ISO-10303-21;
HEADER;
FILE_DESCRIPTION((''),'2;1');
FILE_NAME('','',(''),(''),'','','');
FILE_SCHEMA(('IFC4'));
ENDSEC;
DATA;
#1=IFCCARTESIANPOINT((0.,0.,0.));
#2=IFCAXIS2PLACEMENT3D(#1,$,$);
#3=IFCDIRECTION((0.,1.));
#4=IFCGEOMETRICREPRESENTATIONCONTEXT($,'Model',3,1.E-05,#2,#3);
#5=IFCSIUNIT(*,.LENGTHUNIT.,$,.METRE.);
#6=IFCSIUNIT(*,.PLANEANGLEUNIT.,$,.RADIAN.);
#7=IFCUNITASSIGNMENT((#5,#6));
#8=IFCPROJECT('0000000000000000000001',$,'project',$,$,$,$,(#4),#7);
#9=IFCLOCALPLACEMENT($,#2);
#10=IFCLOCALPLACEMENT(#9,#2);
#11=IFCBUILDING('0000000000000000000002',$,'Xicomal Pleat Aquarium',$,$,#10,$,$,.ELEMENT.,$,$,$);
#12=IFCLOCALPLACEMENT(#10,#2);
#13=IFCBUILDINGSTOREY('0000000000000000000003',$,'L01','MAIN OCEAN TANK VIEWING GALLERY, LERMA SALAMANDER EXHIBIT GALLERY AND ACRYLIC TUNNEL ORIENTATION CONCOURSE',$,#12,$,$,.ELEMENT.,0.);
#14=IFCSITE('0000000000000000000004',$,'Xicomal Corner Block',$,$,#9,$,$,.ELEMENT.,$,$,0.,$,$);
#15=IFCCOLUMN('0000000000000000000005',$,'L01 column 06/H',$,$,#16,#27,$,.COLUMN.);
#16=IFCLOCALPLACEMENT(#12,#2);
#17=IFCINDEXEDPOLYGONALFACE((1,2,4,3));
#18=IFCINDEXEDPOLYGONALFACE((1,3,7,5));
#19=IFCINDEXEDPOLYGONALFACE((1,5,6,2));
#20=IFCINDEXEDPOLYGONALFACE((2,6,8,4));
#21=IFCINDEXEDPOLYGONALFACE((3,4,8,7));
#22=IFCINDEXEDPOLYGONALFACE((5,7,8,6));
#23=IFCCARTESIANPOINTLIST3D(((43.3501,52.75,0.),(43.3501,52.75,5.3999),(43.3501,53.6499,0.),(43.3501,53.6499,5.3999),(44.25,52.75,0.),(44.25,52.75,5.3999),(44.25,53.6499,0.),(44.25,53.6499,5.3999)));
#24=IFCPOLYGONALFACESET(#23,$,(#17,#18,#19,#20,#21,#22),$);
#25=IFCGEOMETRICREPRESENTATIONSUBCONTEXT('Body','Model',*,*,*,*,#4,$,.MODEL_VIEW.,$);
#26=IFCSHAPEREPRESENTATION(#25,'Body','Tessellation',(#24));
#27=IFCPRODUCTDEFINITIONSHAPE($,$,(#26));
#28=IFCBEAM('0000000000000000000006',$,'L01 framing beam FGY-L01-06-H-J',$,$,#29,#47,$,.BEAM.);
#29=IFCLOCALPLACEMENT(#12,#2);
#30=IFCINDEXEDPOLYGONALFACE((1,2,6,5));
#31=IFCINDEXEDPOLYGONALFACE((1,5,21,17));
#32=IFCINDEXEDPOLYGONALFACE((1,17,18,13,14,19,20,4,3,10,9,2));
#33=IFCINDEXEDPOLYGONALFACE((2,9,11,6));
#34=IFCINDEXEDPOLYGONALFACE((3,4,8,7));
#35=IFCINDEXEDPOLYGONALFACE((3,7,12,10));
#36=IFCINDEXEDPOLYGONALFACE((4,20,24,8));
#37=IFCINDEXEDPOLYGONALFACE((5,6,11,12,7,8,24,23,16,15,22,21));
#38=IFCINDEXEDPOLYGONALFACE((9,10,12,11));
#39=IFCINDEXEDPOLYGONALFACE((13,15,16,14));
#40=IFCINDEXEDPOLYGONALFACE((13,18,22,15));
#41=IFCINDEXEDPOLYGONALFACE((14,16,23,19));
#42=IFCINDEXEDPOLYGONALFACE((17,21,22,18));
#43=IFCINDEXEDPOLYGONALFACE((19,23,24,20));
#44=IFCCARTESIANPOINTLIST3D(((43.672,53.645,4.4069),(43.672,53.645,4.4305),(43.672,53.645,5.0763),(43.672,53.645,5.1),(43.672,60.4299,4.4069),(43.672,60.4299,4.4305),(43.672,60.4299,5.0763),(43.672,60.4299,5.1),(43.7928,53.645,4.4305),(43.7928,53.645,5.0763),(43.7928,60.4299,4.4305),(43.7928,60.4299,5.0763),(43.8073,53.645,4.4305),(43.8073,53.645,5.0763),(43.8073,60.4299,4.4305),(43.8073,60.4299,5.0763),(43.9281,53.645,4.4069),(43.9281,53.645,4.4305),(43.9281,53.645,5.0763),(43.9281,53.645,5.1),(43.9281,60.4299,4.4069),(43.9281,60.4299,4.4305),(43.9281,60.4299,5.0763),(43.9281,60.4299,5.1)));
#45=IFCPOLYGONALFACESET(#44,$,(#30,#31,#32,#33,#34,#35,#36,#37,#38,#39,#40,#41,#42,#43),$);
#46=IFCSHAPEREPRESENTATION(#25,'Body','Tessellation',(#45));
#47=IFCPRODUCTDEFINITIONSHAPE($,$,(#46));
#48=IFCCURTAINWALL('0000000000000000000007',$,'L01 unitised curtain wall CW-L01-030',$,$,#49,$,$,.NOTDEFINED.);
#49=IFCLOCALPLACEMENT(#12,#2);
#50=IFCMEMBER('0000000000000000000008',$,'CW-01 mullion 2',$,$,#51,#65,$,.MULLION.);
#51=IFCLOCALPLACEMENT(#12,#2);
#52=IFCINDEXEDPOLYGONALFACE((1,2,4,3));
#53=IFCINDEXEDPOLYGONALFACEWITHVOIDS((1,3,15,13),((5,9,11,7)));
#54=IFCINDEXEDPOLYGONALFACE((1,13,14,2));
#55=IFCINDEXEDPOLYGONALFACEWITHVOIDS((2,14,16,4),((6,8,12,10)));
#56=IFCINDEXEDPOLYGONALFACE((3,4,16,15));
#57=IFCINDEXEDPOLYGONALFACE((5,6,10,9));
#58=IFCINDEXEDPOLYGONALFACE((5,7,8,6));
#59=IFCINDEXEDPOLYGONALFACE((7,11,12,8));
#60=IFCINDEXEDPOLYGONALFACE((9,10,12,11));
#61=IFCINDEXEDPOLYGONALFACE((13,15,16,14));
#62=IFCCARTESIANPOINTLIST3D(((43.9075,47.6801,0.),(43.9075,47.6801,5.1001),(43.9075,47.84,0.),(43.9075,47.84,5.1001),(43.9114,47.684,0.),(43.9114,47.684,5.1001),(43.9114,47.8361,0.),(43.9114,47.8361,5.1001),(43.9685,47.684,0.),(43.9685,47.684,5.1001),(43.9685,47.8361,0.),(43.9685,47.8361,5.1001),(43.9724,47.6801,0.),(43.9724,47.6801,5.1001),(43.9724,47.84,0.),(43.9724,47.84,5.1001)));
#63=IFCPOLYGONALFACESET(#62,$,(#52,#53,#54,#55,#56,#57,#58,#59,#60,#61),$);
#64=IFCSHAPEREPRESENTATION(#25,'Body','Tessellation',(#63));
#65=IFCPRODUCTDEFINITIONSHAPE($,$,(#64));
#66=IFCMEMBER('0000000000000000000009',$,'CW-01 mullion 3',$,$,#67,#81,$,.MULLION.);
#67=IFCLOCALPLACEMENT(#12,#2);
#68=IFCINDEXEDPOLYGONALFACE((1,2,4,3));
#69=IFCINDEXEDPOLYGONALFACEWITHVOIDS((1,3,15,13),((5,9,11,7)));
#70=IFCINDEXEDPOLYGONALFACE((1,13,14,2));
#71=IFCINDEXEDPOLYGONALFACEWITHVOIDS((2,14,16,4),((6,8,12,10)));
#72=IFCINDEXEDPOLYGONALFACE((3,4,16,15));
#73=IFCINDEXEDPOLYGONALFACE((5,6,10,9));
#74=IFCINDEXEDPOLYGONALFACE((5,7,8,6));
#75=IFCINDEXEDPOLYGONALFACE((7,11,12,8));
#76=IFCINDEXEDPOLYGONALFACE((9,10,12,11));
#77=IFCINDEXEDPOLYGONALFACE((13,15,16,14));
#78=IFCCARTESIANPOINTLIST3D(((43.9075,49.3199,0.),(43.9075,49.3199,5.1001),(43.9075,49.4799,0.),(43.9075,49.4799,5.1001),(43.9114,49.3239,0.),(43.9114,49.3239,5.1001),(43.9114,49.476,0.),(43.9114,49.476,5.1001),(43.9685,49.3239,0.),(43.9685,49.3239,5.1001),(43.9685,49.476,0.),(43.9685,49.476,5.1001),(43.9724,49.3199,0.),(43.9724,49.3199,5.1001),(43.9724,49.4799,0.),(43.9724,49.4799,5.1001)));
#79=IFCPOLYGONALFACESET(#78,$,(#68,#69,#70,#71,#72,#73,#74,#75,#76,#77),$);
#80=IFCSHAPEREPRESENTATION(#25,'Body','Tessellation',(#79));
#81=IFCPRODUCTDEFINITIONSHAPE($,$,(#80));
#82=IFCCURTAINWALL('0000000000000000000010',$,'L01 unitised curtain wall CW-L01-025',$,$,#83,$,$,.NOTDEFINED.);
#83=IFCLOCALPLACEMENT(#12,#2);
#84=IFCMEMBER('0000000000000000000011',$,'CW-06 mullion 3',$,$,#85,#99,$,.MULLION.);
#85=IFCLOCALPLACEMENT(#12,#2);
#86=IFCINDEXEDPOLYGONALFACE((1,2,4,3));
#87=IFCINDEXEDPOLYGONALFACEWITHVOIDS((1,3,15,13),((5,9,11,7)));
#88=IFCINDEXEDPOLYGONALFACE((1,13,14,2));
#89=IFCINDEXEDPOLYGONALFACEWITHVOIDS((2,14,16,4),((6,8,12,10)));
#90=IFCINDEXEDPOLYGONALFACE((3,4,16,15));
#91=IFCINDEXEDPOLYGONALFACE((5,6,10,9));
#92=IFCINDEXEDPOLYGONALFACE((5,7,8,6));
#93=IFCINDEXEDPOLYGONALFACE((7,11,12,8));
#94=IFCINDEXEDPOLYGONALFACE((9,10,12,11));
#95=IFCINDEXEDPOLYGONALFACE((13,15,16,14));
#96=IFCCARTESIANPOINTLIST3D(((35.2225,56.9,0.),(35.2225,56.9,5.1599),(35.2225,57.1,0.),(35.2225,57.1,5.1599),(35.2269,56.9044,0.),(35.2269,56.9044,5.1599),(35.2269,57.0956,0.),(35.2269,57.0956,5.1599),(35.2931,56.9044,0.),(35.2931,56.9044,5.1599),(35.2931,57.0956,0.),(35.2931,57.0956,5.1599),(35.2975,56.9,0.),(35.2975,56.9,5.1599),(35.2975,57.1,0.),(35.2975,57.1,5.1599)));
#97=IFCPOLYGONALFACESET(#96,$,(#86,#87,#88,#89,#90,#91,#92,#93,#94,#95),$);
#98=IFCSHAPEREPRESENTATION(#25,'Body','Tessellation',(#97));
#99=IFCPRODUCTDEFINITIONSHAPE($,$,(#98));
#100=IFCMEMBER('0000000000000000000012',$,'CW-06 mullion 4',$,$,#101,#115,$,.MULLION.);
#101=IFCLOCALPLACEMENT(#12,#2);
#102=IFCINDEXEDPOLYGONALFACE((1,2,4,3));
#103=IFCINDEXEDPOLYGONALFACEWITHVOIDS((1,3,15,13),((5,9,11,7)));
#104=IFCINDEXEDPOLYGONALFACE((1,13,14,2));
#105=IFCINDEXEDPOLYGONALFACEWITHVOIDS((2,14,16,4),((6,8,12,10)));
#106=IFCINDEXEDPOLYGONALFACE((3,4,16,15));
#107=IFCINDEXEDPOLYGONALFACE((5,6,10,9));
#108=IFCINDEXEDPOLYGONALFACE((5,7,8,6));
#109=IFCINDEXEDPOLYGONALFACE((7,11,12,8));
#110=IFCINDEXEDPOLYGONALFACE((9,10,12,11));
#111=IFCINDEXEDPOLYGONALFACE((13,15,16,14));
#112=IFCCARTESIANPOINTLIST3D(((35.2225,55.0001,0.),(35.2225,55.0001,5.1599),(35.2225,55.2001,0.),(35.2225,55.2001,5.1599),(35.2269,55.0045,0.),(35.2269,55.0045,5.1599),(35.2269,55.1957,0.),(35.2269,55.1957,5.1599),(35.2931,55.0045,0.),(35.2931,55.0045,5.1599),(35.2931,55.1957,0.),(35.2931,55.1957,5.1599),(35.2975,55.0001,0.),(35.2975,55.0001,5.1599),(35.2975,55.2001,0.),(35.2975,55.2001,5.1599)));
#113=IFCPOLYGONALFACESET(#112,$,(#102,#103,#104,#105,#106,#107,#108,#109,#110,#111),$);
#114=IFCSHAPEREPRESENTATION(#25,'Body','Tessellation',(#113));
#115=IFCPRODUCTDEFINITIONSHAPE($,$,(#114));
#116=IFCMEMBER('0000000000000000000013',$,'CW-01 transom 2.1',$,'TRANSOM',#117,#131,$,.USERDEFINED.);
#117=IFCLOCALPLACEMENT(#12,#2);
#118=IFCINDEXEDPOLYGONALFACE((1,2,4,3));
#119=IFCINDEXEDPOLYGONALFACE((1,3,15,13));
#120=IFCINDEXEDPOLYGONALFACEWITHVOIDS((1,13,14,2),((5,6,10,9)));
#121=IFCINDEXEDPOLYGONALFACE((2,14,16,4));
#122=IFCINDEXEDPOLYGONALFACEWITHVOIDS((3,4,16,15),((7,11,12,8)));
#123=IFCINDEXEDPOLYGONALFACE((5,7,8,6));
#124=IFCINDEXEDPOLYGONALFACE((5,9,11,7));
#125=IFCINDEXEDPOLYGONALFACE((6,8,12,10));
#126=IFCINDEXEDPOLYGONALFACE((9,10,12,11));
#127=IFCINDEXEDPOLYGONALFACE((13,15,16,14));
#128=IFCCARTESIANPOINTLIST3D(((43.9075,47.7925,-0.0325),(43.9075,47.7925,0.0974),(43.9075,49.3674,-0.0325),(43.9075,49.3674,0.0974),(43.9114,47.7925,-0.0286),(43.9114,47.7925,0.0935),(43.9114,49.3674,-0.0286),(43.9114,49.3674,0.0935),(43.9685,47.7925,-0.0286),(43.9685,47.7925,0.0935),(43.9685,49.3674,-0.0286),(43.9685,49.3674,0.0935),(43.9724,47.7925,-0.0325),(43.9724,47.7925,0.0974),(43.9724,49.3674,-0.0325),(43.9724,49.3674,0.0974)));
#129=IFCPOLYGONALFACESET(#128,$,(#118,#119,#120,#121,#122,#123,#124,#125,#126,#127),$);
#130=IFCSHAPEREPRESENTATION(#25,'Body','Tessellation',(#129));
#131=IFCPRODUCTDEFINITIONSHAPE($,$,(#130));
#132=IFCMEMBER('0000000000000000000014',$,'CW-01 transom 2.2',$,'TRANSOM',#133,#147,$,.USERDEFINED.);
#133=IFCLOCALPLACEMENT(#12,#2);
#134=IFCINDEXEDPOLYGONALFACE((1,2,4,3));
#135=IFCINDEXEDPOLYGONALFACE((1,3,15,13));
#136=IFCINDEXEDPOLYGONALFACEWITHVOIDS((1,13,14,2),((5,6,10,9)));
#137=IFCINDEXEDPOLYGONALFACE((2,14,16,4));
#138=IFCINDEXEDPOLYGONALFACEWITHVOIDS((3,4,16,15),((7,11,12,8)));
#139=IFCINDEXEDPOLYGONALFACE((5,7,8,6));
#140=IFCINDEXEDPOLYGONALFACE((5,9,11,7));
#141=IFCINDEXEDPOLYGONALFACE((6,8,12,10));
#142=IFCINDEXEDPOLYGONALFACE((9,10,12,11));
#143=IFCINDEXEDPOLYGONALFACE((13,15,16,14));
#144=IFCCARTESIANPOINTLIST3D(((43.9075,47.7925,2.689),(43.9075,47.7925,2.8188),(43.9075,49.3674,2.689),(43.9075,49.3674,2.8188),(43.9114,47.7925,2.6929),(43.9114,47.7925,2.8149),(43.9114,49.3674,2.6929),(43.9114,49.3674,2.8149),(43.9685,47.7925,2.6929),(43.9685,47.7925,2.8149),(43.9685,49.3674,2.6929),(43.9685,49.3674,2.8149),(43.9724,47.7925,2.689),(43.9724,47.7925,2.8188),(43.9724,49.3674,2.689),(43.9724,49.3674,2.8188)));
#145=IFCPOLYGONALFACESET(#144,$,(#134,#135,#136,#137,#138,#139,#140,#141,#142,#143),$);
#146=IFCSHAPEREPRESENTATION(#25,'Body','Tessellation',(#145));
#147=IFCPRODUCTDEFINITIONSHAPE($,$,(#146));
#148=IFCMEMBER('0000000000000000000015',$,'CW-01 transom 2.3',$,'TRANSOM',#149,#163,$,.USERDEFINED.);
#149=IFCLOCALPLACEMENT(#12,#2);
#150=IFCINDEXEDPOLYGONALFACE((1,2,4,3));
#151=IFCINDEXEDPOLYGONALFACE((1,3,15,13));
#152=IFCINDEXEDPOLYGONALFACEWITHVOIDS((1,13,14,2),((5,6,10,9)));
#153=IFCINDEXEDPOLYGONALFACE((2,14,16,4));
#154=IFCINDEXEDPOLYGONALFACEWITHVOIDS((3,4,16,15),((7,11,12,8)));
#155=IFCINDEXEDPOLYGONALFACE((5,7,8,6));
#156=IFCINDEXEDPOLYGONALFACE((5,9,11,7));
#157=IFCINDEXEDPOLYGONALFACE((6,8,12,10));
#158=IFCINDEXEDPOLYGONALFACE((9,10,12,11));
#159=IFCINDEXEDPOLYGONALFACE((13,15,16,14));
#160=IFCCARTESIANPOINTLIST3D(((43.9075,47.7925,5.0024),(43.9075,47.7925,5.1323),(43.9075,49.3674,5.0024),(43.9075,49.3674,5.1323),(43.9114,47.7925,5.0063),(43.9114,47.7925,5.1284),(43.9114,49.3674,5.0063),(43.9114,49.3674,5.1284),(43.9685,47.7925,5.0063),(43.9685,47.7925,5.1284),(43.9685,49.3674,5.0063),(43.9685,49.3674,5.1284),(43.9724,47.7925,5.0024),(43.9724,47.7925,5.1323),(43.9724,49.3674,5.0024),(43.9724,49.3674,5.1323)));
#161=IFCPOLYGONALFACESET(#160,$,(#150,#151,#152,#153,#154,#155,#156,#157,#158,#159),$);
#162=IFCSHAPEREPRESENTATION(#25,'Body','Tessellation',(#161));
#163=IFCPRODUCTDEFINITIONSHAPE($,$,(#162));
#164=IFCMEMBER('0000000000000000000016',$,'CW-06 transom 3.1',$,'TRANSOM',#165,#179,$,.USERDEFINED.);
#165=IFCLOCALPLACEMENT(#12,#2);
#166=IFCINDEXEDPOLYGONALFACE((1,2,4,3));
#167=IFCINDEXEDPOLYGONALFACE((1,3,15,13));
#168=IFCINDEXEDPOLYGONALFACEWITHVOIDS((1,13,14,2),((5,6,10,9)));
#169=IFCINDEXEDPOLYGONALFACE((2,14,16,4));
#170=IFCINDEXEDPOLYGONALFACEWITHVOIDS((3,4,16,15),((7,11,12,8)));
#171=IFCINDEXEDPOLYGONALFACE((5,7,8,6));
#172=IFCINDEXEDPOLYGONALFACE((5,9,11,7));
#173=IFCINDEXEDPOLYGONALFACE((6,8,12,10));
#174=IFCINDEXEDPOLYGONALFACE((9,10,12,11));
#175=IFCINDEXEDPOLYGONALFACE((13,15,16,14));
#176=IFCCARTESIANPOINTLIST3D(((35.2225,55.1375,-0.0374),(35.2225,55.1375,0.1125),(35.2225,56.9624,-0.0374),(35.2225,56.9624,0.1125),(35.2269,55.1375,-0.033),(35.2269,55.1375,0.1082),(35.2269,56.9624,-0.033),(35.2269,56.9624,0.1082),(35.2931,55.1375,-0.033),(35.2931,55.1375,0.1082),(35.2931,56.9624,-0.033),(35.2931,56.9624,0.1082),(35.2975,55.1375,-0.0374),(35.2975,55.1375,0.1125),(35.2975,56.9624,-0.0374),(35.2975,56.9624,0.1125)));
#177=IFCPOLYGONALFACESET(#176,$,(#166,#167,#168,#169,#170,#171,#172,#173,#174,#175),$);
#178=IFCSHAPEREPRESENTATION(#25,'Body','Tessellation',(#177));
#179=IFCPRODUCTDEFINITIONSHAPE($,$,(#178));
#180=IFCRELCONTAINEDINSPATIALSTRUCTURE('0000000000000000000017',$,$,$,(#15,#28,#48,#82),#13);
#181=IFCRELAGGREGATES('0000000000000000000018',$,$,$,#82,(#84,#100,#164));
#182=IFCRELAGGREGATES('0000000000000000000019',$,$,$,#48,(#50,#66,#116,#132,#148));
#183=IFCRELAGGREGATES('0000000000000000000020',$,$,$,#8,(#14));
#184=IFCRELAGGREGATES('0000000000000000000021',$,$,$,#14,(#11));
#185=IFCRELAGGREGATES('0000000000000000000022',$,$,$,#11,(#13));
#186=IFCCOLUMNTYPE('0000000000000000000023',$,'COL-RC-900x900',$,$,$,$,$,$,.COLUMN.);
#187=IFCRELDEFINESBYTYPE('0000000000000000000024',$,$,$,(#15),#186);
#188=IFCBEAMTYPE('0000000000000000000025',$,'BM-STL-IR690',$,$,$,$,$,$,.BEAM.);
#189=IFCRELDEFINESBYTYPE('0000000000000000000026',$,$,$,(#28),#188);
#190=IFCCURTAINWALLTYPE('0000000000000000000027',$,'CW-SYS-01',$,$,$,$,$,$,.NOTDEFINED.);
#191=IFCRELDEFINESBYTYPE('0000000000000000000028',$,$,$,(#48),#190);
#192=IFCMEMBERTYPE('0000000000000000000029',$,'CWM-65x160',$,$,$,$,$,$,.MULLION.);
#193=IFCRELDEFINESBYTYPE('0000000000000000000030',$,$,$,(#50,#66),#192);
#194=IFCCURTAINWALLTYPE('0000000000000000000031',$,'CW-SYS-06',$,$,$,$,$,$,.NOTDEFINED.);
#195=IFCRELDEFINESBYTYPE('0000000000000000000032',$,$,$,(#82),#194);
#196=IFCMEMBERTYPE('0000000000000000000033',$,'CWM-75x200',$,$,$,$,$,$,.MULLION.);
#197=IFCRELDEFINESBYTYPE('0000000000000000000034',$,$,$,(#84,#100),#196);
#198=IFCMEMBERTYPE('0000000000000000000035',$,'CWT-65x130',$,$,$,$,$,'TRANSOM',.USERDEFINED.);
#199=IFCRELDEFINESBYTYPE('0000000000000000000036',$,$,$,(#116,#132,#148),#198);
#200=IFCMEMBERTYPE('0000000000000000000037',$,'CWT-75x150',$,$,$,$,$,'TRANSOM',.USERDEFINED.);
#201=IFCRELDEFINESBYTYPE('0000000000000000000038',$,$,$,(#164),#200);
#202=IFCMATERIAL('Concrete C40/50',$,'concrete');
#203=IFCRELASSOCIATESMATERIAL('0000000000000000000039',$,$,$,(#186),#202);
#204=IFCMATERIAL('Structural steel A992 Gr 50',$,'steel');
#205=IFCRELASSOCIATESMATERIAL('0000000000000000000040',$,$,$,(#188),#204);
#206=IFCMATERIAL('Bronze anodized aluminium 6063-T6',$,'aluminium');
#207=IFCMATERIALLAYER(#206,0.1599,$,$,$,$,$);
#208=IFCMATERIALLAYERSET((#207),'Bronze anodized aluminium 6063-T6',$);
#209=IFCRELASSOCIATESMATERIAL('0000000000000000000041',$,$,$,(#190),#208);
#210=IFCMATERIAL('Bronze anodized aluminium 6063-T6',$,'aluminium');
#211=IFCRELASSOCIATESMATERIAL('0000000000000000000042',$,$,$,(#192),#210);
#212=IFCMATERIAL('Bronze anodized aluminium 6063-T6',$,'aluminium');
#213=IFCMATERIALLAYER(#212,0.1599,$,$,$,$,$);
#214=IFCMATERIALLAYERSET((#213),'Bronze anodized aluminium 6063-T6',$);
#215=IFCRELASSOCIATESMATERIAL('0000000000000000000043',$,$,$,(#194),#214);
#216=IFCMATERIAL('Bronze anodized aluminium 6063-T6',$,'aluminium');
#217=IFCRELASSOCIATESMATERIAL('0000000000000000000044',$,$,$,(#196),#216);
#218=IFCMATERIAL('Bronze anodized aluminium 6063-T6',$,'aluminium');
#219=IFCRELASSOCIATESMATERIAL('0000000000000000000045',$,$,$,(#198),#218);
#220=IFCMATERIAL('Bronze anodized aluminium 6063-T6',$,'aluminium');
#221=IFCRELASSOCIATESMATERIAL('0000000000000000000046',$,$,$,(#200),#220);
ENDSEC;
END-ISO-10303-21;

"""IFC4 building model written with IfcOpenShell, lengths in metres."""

from ifc_helpers import new_model, si_unit, direction, frame, origin, origin_2d, place, context, subcontext, project, spatial, rectangle, hollow_rectangle, i_section, extrude, material, layer, layer_set, material_profile, profile_set, type_object, element, aggregate, save


model = new_model("IFC4")

# Units and contexts
model_context = context("Model", 3, precision=1e-05, world=origin(), true_north=direction((0.0, 1.0)))
body_context = subcontext(model_context, "Body", "Model", "MODEL_VIEW")
ifc_project = project(units=[si_unit("LENGTHUNIT", "METRE"), si_unit("PLANEANGLEUNIT", "RADIAN")], contexts=[model_context])

# Site, building, storey
site_placement = place(None, origin())
site = spatial("IfcSite", under=ifc_project, at=site_placement, Name="Xicomal Corner Block", CompositionType="ELEMENT", RefElevation=0.0)
building_placement = place(site_placement, origin())
building = spatial("IfcBuilding", under=site, at=building_placement, Name="Xicomal Pleat Aquarium", CompositionType="ELEMENT")
storey_placement = place(building_placement, origin())
storey = spatial("IfcBuildingStorey", under=building, at=storey_placement, Name="L01", Description="MAIN OCEAN TANK VIEWING GALLERY, LERMA SALAMANDER EXHIBIT GALLERY AND ACRYLIC TUNNEL ORIENTATION CONCOURSE", CompositionType="ELEMENT", Elevation=0.0)

# Column
ifc_material_1 = material(Name="Concrete C40/50", Category="concrete")
ifc_material_profile_1 = material_profile(ifc_material_1, rectangle(XDim=0.8999, YDim=0.8999, at=origin_2d()), Name="RC 900x900")
ifc_profile_set_1 = profile_set([ifc_material_profile_1], Name="Concrete C40/50")
column_type = type_object("IfcColumnType", Name="COL-RC-900x900", PredefinedType="COLUMN", material=ifc_profile_set_1)
column_placement = place(storey_placement, frame((43.8, 53.2, 0.0), z_axis=(0.0, 0.0, 1.0), x_axis=(1.0, 0.0, 0.0)))
element("IfcColumn", 1, at=column_placement, inside=storey, type_object=column_type, Name="L01 column 06/H", PredefinedType="COLUMN", context=body_context, shape_type="SweptSolid", body=[
    extrude(rectangle(XDim=0.8999, YDim=0.8999, at=origin_2d()), origin(), (0.0, 0.0, 1.0), 5.3999),
])

# Beam
ifc_material_2 = material(Name="Structural steel A992 Gr 50", Category="steel")
ifc_material_profile_2 = material_profile(ifc_material_2, i_section(OverallWidth=0.2561, OverallDepth=0.6931, WebThickness=0.0144, FlangeThickness=0.0237, at=origin_2d()), Name="IR 690x170")
ifc_profile_set_2 = profile_set([ifc_material_profile_2], Name="Structural steel A992 Gr 50")
beam_type = type_object("IfcBeamType", Name="BM-STL-IR690", PredefinedType="BEAM", material=ifc_profile_set_2)
beam_placement = place(storey_placement, frame((43.8, 53.645, 4.7534), z_axis=(0.0, 1.0, 0.0), x_axis=(-1.0, 0.0, 0.0)))
element("IfcBeam", 2, at=beam_placement, inside=storey, type_object=beam_type, Name="L01 framing beam FGY-L01-06-H-J", PredefinedType="BEAM", context=body_context, shape_type="SweptSolid", body=[
    extrude(i_section(OverallWidth=0.2561, OverallDepth=0.6931, WebThickness=0.0144, FlangeThickness=0.0237, at=origin_2d()), origin(), (0.0, 0.0, 1.0), 6.7849),
])

# Curtain walls, members
ifc_material_3 = material(Name="Bronze anodized aluminium 6063-T6", Category="aluminium")
ifc_layer_1 = layer(ifc_material_3, 0.1599)
ifc_layer_set_1 = layer_set([ifc_layer_1], Name="Bronze anodized aluminium 6063-T6")
curtain_wall_type_1 = type_object("IfcCurtainWallType", Name="CW-SYS-01", PredefinedType="NOTDEFINED", material=ifc_layer_set_1)
curtain_wall_1_placement = place(storey_placement, origin())
curtain_wall_1 = element("IfcCurtainWall", 3, at=curtain_wall_1_placement, inside=storey, type_object=curtain_wall_type_1, Name="L01 unitised curtain wall CW-L01-030", PredefinedType="NOTDEFINED")
ifc_material_4 = material(Name="Bronze anodized aluminium 6063-T6", Category="aluminium")
ifc_material_profile_3 = material_profile(ifc_material_4, hollow_rectangle(XDim=0.0649, YDim=0.1599, WallThickness=0.0039, at=origin_2d()), Name="ALU MULL 65x160")
ifc_profile_set_3 = profile_set([ifc_material_profile_3], Name="Bronze anodized aluminium 6063-T6")
member_type_1 = type_object("IfcMemberType", Name="CWM-65x160", PredefinedType="MULLION", material=ifc_profile_set_3)
member_1_placement = place(storey_placement, frame((43.9399, 47.76, 0.0), z_axis=(0.0, 0.0, 1.0), x_axis=(-1.0, 0.0, 0.0)))
member_1 = element("IfcMember", 4, at=member_1_placement, type_object=member_type_1, Name="CW-01 mullion 2", PredefinedType="MULLION", context=body_context, shape_type="SweptSolid", body=[
    extrude(hollow_rectangle(XDim=0.0649, YDim=0.1599, WallThickness=0.0039, at=origin_2d()), origin(), (0.0, 0.0, 1.0), 5.1001),
])
member_2_placement = place(storey_placement, frame((43.9399, 49.3999, 0.0), z_axis=(0.0, 0.0, 1.0), x_axis=(-1.0, 0.0, 0.0)))
member_2 = element("IfcMember", 5, at=member_2_placement, type_object=member_type_1, Name="CW-01 mullion 3", PredefinedType="MULLION", context=body_context, shape_type="SweptSolid", body=[
    extrude(hollow_rectangle(XDim=0.0649, YDim=0.1599, WallThickness=0.0039, at=origin_2d()), origin(), (0.0, 0.0, 1.0), 5.1001),
])
ifc_material_5 = material(Name="Bronze anodized aluminium 6063-T6", Category="aluminium")
ifc_layer_2 = layer(ifc_material_5, 0.1599)
ifc_layer_set_2 = layer_set([ifc_layer_2], Name="Bronze anodized aluminium 6063-T6")
curtain_wall_type_2 = type_object("IfcCurtainWallType", Name="CW-SYS-06", PredefinedType="NOTDEFINED", material=ifc_layer_set_2)
curtain_wall_2_placement = place(storey_placement, origin())
curtain_wall_2 = element("IfcCurtainWall", 6, at=curtain_wall_2_placement, inside=storey, type_object=curtain_wall_type_2, Name="L01 unitised curtain wall CW-L01-025", PredefinedType="NOTDEFINED")
ifc_material_6 = material(Name="Bronze anodized aluminium 6063-T6", Category="aluminium")
ifc_material_profile_4 = material_profile(ifc_material_6, hollow_rectangle(XDim=0.075, YDim=0.2, WallThickness=0.0044, at=origin_2d()), Name="ALU MULL 75x200")
ifc_profile_set_4 = profile_set([ifc_material_profile_4], Name="Bronze anodized aluminium 6063-T6")
member_type_2 = type_object("IfcMemberType", Name="CWM-75x200", PredefinedType="MULLION", material=ifc_profile_set_4)
member_3_placement = place(storey_placement, frame((35.26, 57.0, 0.0), z_axis=(0.0, 0.0, 1.0), x_axis=(1.0, 0.0, 0.0)))
member_3 = element("IfcMember", 7, at=member_3_placement, type_object=member_type_2, Name="CW-06 mullion 3", PredefinedType="MULLION", context=body_context, shape_type="SweptSolid", body=[
    extrude(hollow_rectangle(XDim=0.075, YDim=0.2, WallThickness=0.0044, at=origin_2d()), origin(), (0.0, 0.0, 1.0), 5.1599),
])
member_4_placement = place(storey_placement, frame((35.26, 55.1001, 0.0), z_axis=(0.0, 0.0, 1.0), x_axis=(1.0, 0.0, 0.0)))
member_4 = element("IfcMember", 8, at=member_4_placement, type_object=member_type_2, Name="CW-06 mullion 4", PredefinedType="MULLION", context=body_context, shape_type="SweptSolid", body=[
    extrude(hollow_rectangle(XDim=0.075, YDim=0.2, WallThickness=0.0044, at=origin_2d()), origin(), (0.0, 0.0, 1.0), 5.1599),
])

# Members
ifc_material_7 = material(Name="Bronze anodized aluminium 6063-T6", Category="aluminium")
ifc_material_profile_5 = material_profile(ifc_material_7, hollow_rectangle(XDim=0.0649, YDim=0.1299, WallThickness=0.0039, at=origin_2d()), Name="ALU TRAN 65x130")
ifc_profile_set_5 = profile_set([ifc_material_profile_5], Name="Bronze anodized aluminium 6063-T6")
member_type_3 = type_object("IfcMemberType", Name="CWT-65x130", ElementType="TRANSOM", PredefinedType="USERDEFINED", material=ifc_profile_set_5)
member_5_placement = place(storey_placement, frame((43.9399, 47.7925, 0.0325), z_axis=(0.0, 1.0, 0.0), x_axis=(-1.0, 0.0, 0.0)))
member_5 = element("IfcMember", 9, at=member_5_placement, type_object=member_type_3, Name="CW-01 transom 2.1", ObjectType="TRANSOM", PredefinedType="USERDEFINED", context=body_context, shape_type="SweptSolid", body=[
    extrude(hollow_rectangle(XDim=0.0649, YDim=0.1299, WallThickness=0.0039, at=origin_2d()), origin(), (0.0, 0.0, 1.0), 1.575),
])
member_6_placement = place(storey_placement, frame((43.9399, 47.7925, 2.7539), z_axis=(0.0, 1.0, 0.0), x_axis=(-1.0, 0.0, 0.0)))
member_6 = element("IfcMember", 10, at=member_6_placement, type_object=member_type_3, Name="CW-01 transom 2.2", ObjectType="TRANSOM", PredefinedType="USERDEFINED", context=body_context, shape_type="SweptSolid", body=[
    extrude(hollow_rectangle(XDim=0.0649, YDim=0.1299, WallThickness=0.0039, at=origin_2d()), origin(), (0.0, 0.0, 1.0), 1.575),
])
member_7_placement = place(storey_placement, frame((43.9399, 47.7925, 5.0674), z_axis=(0.0, 1.0, 0.0), x_axis=(-1.0, 0.0, 0.0)))
member_7 = element("IfcMember", 11, at=member_7_placement, type_object=member_type_3, Name="CW-01 transom 2.3", ObjectType="TRANSOM", PredefinedType="USERDEFINED", context=body_context, shape_type="SweptSolid", body=[
    extrude(hollow_rectangle(XDim=0.0649, YDim=0.1299, WallThickness=0.0039, at=origin_2d()), origin(), (0.0, 0.0, 1.0), 1.575),
])
ifc_material_8 = material(Name="Bronze anodized aluminium 6063-T6", Category="aluminium")
ifc_material_profile_6 = material_profile(ifc_material_8, hollow_rectangle(XDim=0.075, YDim=0.1499, WallThickness=0.0044, at=origin_2d()), Name="ALU TRAN 75x150")
ifc_profile_set_6 = profile_set([ifc_material_profile_6], Name="Bronze anodized aluminium 6063-T6")
member_type_4 = type_object("IfcMemberType", Name="CWT-75x150", ElementType="TRANSOM", PredefinedType="USERDEFINED", material=ifc_profile_set_6)
member_8_placement = place(storey_placement, frame((35.26, 56.9624, 0.0376), z_axis=(0.0, -1.0, 0.0), x_axis=(1.0, 0.0, 0.0)))
member_8 = element("IfcMember", 12, at=member_8_placement, type_object=member_type_4, Name="CW-06 transom 3.1", ObjectType="TRANSOM", PredefinedType="USERDEFINED", context=body_context, shape_type="SweptSolid", body=[
    extrude(hollow_rectangle(XDim=0.075, YDim=0.1499, WallThickness=0.0044, at=origin_2d()), origin(), (0.0, 0.0, 1.0), 1.825),
])

aggregate(curtain_wall_2, [member_3, member_4, member_8])
aggregate(curtain_wall_1, [member_1, member_2, member_5, member_6, member_7])

save(model, "model.ifc")
